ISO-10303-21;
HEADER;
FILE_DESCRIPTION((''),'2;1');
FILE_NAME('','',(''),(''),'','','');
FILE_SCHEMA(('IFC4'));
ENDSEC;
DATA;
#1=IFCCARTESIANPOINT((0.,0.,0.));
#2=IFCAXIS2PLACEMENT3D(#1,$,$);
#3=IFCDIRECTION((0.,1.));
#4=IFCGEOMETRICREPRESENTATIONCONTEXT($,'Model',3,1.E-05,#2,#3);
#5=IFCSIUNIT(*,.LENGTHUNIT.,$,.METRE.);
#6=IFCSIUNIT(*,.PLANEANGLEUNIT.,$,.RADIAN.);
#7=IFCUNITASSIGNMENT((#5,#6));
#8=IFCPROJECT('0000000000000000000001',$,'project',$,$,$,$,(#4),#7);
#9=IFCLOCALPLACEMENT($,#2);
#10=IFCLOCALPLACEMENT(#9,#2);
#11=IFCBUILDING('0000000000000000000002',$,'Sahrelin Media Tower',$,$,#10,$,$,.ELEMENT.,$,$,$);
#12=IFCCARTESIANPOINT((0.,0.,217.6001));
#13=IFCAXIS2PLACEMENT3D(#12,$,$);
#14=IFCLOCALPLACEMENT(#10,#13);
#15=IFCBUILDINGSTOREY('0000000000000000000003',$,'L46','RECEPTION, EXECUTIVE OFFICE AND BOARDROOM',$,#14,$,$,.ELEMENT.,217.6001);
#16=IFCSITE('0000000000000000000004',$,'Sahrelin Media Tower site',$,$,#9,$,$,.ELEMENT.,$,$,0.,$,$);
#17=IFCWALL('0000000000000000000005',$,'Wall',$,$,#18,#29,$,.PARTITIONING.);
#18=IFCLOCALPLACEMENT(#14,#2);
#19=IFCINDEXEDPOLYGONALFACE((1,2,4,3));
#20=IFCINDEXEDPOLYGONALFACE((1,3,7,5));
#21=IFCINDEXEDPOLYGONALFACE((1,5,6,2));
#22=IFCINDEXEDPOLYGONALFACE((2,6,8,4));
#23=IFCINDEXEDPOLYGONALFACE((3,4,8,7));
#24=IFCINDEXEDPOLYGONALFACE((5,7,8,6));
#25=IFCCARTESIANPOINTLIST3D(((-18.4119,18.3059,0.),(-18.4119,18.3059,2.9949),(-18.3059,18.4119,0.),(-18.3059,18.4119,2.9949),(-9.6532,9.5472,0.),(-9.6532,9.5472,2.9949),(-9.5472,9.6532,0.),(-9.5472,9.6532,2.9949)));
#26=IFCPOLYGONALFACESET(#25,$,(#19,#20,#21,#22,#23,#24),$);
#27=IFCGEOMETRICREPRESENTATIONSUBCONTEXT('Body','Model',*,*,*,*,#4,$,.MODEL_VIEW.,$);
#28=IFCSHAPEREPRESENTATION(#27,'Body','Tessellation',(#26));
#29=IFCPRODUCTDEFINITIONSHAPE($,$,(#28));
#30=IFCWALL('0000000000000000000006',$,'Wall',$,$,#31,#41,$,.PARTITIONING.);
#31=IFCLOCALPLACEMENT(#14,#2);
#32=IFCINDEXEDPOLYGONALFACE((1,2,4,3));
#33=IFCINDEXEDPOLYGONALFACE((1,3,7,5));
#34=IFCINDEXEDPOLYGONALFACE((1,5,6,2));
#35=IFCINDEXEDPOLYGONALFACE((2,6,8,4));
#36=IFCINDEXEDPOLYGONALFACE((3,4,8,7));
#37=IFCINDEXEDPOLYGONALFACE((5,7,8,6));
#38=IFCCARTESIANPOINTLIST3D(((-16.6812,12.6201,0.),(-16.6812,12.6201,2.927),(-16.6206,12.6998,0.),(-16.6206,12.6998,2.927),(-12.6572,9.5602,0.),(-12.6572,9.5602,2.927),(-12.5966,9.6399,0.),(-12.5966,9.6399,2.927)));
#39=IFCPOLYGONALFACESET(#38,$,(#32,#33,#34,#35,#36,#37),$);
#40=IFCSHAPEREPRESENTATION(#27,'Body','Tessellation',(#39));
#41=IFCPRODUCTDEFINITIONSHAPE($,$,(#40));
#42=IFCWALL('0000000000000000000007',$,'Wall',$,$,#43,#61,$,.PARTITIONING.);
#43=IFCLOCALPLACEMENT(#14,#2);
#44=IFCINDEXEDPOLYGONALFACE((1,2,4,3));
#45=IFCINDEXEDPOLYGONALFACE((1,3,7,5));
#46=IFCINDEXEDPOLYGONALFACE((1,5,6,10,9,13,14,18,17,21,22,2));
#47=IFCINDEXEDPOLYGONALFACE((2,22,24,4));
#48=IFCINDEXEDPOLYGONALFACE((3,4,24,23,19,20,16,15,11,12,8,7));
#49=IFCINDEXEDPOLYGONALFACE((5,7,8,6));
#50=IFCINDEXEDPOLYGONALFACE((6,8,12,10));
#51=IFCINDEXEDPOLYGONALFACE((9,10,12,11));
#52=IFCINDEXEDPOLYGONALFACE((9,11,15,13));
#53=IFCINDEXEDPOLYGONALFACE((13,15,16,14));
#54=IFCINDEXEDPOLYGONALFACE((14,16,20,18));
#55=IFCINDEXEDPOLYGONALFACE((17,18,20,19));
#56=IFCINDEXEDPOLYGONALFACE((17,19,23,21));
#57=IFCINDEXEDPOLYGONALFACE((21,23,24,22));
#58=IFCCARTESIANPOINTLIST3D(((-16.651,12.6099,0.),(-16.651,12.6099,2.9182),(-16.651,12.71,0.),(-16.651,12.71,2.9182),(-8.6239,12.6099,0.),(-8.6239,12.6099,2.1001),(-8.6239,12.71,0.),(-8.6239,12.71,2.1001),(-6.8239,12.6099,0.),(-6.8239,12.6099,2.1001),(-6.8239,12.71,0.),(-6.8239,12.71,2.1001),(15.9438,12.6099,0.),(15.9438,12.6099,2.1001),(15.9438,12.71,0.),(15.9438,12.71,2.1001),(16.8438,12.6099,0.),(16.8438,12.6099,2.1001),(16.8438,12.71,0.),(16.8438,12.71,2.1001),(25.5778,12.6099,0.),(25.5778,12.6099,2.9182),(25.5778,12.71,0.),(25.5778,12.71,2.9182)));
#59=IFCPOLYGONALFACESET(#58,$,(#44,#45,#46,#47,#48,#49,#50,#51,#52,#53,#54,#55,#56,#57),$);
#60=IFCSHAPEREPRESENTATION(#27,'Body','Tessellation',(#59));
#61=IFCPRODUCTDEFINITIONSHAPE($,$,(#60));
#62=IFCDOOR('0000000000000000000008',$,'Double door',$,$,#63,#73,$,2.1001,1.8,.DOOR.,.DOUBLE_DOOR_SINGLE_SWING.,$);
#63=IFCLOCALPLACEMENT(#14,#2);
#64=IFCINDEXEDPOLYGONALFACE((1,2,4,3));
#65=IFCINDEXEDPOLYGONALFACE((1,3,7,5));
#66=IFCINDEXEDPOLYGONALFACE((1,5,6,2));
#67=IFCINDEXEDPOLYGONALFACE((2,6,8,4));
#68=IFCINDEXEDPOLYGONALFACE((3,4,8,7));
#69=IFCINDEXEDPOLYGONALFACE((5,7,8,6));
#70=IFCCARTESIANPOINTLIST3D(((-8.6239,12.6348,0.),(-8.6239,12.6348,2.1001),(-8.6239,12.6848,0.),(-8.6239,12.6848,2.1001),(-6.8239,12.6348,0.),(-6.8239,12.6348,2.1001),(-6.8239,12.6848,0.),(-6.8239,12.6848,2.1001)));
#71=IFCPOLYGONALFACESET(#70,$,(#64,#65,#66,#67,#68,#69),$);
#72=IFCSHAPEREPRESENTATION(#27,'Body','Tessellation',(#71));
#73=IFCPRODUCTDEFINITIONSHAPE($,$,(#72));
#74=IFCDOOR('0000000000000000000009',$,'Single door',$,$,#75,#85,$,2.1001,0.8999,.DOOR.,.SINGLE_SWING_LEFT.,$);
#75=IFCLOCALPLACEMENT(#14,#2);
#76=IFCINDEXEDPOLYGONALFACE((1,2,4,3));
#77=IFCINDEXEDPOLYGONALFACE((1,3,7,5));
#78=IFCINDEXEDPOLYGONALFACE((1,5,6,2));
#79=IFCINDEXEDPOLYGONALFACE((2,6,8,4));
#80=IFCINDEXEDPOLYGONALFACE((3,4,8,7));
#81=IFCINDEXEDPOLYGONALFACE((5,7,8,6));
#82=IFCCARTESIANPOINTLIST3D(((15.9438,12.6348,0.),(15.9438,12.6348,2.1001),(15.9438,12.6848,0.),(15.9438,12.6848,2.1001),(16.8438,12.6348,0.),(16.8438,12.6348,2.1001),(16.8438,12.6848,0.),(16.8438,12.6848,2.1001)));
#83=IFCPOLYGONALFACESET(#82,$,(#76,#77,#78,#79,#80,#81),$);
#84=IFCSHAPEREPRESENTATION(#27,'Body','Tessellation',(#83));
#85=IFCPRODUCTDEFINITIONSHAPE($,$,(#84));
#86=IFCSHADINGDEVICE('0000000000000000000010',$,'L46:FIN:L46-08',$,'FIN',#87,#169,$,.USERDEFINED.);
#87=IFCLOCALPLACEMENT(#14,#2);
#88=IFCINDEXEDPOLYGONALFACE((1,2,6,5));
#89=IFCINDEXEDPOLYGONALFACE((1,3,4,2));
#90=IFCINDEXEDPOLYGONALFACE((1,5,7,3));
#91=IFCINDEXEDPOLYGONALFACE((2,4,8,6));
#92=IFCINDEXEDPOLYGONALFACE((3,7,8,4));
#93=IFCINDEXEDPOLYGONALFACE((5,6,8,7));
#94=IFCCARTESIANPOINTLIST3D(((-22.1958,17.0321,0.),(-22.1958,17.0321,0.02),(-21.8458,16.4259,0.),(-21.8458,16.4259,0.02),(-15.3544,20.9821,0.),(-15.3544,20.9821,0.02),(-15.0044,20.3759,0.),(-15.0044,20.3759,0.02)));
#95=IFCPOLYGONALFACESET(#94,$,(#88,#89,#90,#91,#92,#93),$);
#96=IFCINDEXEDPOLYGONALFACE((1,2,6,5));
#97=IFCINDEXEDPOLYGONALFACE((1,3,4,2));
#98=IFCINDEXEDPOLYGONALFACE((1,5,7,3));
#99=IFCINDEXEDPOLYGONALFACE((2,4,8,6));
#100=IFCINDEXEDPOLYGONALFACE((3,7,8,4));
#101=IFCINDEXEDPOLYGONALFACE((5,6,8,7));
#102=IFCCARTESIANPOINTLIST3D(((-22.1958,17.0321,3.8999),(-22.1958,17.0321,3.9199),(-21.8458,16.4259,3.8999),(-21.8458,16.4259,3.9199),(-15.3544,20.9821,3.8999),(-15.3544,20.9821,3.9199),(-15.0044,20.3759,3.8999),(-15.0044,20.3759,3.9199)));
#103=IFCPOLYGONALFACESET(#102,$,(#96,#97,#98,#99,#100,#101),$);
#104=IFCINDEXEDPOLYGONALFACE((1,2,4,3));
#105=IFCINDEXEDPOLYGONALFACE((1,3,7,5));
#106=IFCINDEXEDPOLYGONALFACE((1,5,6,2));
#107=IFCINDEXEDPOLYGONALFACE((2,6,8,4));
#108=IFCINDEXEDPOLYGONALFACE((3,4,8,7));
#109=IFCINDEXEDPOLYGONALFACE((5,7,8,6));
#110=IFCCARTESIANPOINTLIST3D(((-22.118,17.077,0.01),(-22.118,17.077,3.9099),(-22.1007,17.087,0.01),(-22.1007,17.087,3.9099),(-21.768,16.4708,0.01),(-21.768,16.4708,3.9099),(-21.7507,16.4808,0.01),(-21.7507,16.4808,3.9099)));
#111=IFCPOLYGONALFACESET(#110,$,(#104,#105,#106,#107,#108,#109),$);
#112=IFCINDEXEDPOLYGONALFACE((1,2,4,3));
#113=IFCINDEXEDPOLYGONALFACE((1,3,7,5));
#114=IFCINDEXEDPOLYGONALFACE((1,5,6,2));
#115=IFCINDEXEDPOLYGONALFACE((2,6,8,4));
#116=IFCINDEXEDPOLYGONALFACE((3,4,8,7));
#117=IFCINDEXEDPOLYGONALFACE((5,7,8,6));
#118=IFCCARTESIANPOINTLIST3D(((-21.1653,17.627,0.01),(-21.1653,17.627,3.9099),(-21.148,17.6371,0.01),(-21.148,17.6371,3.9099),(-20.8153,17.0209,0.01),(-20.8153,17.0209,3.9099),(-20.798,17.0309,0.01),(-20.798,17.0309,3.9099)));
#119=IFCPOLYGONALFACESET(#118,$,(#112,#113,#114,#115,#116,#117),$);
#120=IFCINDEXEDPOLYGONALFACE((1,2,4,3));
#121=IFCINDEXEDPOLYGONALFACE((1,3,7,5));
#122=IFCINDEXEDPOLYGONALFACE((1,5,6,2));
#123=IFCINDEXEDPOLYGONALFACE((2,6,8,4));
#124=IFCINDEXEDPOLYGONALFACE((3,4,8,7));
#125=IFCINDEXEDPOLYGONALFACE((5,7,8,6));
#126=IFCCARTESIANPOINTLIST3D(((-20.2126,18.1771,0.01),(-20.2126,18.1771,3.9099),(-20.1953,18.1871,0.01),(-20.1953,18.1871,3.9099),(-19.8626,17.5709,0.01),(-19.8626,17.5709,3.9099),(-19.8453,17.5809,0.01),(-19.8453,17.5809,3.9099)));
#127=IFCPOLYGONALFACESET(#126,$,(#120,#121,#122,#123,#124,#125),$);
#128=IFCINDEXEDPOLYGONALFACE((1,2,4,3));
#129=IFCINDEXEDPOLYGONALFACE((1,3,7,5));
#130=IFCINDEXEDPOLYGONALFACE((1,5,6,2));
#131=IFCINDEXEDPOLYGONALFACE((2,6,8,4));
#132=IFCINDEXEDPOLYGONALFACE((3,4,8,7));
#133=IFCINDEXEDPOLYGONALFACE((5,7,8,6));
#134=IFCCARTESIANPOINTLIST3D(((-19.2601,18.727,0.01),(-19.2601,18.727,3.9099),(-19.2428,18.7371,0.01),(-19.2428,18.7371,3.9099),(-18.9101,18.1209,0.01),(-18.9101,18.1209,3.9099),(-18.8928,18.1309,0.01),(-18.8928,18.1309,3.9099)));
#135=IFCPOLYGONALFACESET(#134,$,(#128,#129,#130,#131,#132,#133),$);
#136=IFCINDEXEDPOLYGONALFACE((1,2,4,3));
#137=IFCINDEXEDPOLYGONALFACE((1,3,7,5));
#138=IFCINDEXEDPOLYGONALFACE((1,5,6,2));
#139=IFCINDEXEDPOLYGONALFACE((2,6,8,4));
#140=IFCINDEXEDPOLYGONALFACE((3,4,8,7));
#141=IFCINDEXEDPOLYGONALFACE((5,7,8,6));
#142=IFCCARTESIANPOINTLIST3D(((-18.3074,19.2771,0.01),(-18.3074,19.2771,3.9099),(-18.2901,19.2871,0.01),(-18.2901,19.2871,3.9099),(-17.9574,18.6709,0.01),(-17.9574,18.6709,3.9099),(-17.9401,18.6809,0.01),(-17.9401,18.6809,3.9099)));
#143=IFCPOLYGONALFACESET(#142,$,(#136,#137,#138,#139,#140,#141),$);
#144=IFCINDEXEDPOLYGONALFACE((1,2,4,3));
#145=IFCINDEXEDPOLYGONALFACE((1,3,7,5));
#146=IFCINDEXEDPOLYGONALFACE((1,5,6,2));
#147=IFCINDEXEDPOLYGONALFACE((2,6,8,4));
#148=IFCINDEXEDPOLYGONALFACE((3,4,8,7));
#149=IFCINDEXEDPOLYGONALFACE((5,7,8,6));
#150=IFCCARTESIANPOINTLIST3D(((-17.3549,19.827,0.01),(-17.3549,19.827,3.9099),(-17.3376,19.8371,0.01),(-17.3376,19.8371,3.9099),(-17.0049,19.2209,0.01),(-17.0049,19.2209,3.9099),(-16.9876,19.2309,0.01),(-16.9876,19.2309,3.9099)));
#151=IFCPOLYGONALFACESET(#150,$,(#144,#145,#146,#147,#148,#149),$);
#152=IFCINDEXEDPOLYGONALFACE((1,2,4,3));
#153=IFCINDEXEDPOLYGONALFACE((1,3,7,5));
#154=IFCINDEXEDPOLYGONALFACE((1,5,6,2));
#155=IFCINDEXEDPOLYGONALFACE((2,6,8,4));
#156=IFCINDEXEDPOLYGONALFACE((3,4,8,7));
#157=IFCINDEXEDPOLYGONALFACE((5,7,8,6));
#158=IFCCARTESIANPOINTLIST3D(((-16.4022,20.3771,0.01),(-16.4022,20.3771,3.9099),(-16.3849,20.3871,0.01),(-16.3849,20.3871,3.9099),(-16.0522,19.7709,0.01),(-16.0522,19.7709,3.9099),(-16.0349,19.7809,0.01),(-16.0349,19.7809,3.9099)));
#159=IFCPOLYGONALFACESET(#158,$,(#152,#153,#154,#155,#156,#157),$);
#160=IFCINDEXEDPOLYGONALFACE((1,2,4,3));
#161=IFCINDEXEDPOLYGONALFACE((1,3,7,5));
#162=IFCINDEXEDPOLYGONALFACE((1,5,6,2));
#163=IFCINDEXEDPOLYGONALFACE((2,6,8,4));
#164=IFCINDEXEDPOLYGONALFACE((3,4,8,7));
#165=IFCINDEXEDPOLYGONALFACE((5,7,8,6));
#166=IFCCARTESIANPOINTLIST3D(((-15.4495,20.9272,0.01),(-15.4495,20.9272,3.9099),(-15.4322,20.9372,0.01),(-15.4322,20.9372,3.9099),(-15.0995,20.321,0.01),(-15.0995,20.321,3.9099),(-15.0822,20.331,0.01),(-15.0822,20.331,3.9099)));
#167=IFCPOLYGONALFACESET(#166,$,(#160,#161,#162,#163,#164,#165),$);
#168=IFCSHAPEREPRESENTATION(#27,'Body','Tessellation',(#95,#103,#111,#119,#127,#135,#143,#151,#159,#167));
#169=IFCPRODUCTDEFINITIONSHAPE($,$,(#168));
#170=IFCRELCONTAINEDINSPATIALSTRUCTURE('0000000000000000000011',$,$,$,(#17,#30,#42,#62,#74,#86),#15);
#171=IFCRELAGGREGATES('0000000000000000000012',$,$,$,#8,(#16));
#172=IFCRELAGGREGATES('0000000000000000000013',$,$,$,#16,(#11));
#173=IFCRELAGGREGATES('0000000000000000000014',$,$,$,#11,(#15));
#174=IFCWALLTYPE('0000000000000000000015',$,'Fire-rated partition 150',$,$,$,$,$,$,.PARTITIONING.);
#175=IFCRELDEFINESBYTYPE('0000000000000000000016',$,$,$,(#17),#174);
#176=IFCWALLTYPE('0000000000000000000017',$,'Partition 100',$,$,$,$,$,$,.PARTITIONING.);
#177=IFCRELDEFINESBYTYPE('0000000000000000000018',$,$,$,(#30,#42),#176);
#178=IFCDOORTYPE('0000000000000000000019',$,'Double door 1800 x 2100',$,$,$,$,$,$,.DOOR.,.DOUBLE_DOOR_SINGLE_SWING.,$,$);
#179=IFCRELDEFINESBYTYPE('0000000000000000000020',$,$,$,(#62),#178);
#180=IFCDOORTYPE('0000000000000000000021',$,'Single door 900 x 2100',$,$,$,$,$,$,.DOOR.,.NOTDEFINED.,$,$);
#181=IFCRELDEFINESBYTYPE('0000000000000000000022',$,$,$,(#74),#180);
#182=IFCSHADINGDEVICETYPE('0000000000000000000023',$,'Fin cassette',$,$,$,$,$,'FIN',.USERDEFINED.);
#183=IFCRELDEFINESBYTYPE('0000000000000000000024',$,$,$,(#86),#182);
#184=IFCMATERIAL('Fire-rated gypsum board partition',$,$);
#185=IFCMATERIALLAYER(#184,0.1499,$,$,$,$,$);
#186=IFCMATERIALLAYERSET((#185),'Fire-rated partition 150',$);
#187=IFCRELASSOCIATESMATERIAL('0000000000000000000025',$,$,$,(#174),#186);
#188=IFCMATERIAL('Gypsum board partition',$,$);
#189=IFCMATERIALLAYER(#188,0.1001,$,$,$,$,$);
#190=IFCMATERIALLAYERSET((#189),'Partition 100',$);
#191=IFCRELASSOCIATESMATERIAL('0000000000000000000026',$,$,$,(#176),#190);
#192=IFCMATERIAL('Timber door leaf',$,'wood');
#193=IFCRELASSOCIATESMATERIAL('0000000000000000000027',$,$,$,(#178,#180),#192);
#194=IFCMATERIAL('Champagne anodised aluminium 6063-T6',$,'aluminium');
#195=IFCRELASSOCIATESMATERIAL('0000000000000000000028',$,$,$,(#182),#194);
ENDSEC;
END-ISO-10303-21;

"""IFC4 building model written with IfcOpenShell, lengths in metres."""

from ifc_helpers import new_model, si_unit, direction, frame, frame_2d, origin, origin_2d, place, context, subcontext, project, spatial, rectangle, extrude, material, layer, layer_set, type_object, element, fill, save


model = new_model("IFC4")

# Units and contexts
model_context = context("Model", 3, precision=1e-05, world=origin(), true_north=direction((0.0, 1.0)))
body_context = subcontext(model_context, "Body", "Model", "MODEL_VIEW")
ifc_project = project(units=[si_unit("LENGTHUNIT", "METRE"), si_unit("PLANEANGLEUNIT", "RADIAN")], contexts=[model_context])

# Site, building, storey
site_placement = place(None, origin())
site = spatial("IfcSite", under=ifc_project, at=site_placement, Name="Sahrelin Media Tower site", CompositionType="ELEMENT", RefElevation=0.0)
building_placement = place(site_placement, origin())
building = spatial("IfcBuilding", under=site, at=building_placement, Name="Sahrelin Media Tower", CompositionType="ELEMENT")
storey_placement = place(building_placement, frame((0.0, 0.0, 217.6001)))
storey = spatial("IfcBuildingStorey", under=building, at=storey_placement, Name="L46", Description="RECEPTION, EXECUTIVE OFFICE AND BOARDROOM", CompositionType="ELEMENT", Elevation=217.6001)

# Shared definitions
ifc_material_1 = material(Name="Champagne anodised aluminium 6063-T6", Category="aluminium")

# Walls
ifc_material_2 = material(Name="Fire-rated gypsum board partition")
ifc_layer_1 = layer(ifc_material_2, 0.1499)
ifc_layer_set_1 = layer_set([ifc_layer_1], Name="Fire-rated partition 150")
wall_type_1 = type_object("IfcWallType", Name="Fire-rated partition 150", PredefinedType="PARTITIONING", material=ifc_layer_set_1)
wall_1_placement = place(storey_placement, frame((-18.3589, 18.3589, 0.0), z_axis=(0.0, 0.0, 1.0), x_axis=(0.707107, -0.707107, 0.0)))
element("IfcWall", 1, at=wall_1_placement, inside=storey, type_object=wall_type_1, Name="Wall", PredefinedType="PARTITIONING", context=body_context, shape_type="SweptSolid", body=[
    extrude(rectangle(XDim=12.3867, YDim=0.1499, at=frame_2d((6.1934, 0.0))), origin(), (0.0, 0.0, 1.0), 2.9949),
])
ifc_material_3 = material(Name="Gypsum board partition")
ifc_layer_2 = layer(ifc_material_3, 0.1001)
ifc_layer_set_2 = layer_set([ifc_layer_2], Name="Partition 100")
wall_type_2 = type_object("IfcWallType", Name="Partition 100", PredefinedType="PARTITIONING", material=ifc_layer_set_2)
wall_2_placement = place(storey_placement, frame((-16.6509, 12.6599, 0.0), z_axis=(0.0, 0.0, 1.0), x_axis=(0.796007, -0.605288, 0.0)))
element("IfcWall", 2, at=wall_2_placement, inside=storey, type_object=wall_type_2, Name="Wall", PredefinedType="PARTITIONING", context=body_context, shape_type="SweptSolid", body=[
    extrude(rectangle(XDim=5.0552, YDim=0.1001, at=frame_2d((2.5276, 0.0))), origin(), (0.0, 0.0, 1.0), 2.927),
])

# Wall, openings, doors
wall_3_placement = place(storey_placement, frame((-16.6509, 12.6599, 0.0), z_axis=(0.0, 0.0, 1.0), x_axis=(1.0, 0.0, 0.0)))
wall_3 = element("IfcWall", 3, at=wall_3_placement, inside=storey, type_object=wall_type_2, Name="Wall", PredefinedType="PARTITIONING", context=body_context, shape_type="SweptSolid", body=[
    extrude(rectangle(XDim=42.2288, YDim=0.1001, at=frame_2d((21.1143, 0.0))), origin(), (0.0, 0.0, 1.0), 2.9182),
])
opening_1_placement = place(wall_3_placement, frame((8.0271, 0.0, 0.0)))
opening_1 = element("IfcOpeningElement", 4, at=opening_1_placement, cuts=wall_3, PredefinedType="OPENING", context=body_context, shape_type="SweptSolid", body=[
    extrude(rectangle(XDim=1.8, YDim=2.1001, at=frame_2d((0.8999, 1.05))), frame((0.0, 0.05, 0.0), z_axis=(0.0, -1.0, 0.0), x_axis=(1.0, 0.0, 0.0)), (0.0, 0.0, 1.0), 0.1001),
])
opening_2_placement = place(wall_3_placement, frame((32.5947, 0.0, 0.0)))
opening_2 = element("IfcOpeningElement", 5, at=opening_2_placement, cuts=wall_3, PredefinedType="OPENING", context=body_context, shape_type="SweptSolid", body=[
    extrude(rectangle(XDim=0.8999, YDim=2.1001, at=frame_2d((0.45, 1.05))), frame((0.0, 0.05, 0.0), z_axis=(0.0, -1.0, 0.0), x_axis=(1.0, 0.0, 0.0)), (0.0, 0.0, 1.0), 0.1001),
])
ifc_material_4 = material(Name="Timber door leaf", Category="wood")
door_type_1 = type_object("IfcDoorType", Name="Double door 1800 x 2100", OperationType="DOUBLE_DOOR_SINGLE_SWING", PredefinedType="DOOR", material=ifc_material_4)
door_1_placement = place(opening_1_placement, origin())
door_1 = element("IfcDoor", 6, at=door_1_placement, inside=storey, type_object=door_type_1, Name="Double door", OperationType="DOUBLE_DOOR_SINGLE_SWING", OverallHeight=2.1001, OverallWidth=1.8, PredefinedType="DOOR", context=body_context, shape_type="SweptSolid", body=[
    extrude(rectangle(XDim=1.8, YDim=2.1001, at=frame_2d((0.8999, 1.05))), frame((0.0, 0.0249, 0.0), z_axis=(0.0, -1.0, 0.0), x_axis=(1.0, 0.0, 0.0)), (0.0, 0.0, 1.0), 0.05),
])
fill(opening_1, door_1)
door_type_2 = type_object("IfcDoorType", Name="Single door 900 x 2100", OperationType="NOTDEFINED", PredefinedType="DOOR", material=ifc_material_4)
door_2_placement = place(opening_2_placement, origin())
door_2 = element("IfcDoor", 7, at=door_2_placement, inside=storey, type_object=door_type_2, Name="Single door", OperationType="SINGLE_SWING_LEFT", OverallHeight=2.1001, OverallWidth=0.8999, PredefinedType="DOOR", context=body_context, shape_type="SweptSolid", body=[
    extrude(rectangle(XDim=0.8999, YDim=2.1001, at=frame_2d((0.45, 1.05))), frame((0.0, 0.0249, 0.0), z_axis=(0.0, -1.0, 0.0), x_axis=(1.0, 0.0, 0.0)), (0.0, 0.0, 1.0), 0.05),
])
fill(opening_2, door_2)

# Shading device
shading_device_type_1 = type_object("IfcShadingDeviceType", Name="Fin cassette", ElementType="FIN", PredefinedType="USERDEFINED", material=ifc_material_1)
placement_1 = place(storey_placement, frame((-18.3901, 18.3403, 0.0), z_axis=(0.0, 0.0, 1.0), x_axis=(0.866019, 0.500011, 0.0)))
element("IfcShadingDevice", 8, at=placement_1, inside=storey, type_object=shading_device_type_1, Name="L46:FIN:L46-08", ObjectType="FIN", PredefinedType="USERDEFINED", context=body_context, shape_type="SweptSolid", body=[
    extrude(rectangle(XDim=7.8999, YDim=0.7, at=origin_2d()), frame((0.0, 0.4199, 0.0)), (0.0, 0.0, 1.0), 0.02),
    extrude(rectangle(XDim=7.8999, YDim=0.7, at=origin_2d()), frame((0.0, 0.4199, 3.8999)), (0.0, 0.0, 1.0), 0.02),
    extrude(rectangle(XDim=0.02, YDim=0.7, at=origin_2d()), frame((-3.8501, 0.4199, 0.01), z_axis=(0.0, 0.0, 1.0), x_axis=(1.0, 0.0, 0.0)), (0.0, 0.0, 1.0), 3.8999),
    extrude(rectangle(XDim=0.02, YDim=0.7, at=origin_2d()), frame((-2.75, 0.4199, 0.01), z_axis=(0.0, 0.0, 1.0), x_axis=(1.0, 0.0, 0.0)), (0.0, 0.0, 1.0), 3.8999),
    extrude(rectangle(XDim=0.02, YDim=0.7, at=origin_2d()), frame((-1.6499, 0.4199, 0.01), z_axis=(0.0, 0.0, 1.0), x_axis=(1.0, 0.0, 0.0)), (0.0, 0.0, 1.0), 3.8999),
    extrude(rectangle(XDim=0.02, YDim=0.7, at=origin_2d()), frame((-0.55, 0.4199, 0.01), z_axis=(0.0, 0.0, 1.0), x_axis=(1.0, 0.0, 0.0)), (0.0, 0.0, 1.0), 3.8999),
    extrude(rectangle(XDim=0.02, YDim=0.7, at=origin_2d()), frame((0.55, 0.4199, 0.01), z_axis=(0.0, 0.0, 1.0), x_axis=(1.0, 0.0, 0.0)), (0.0, 0.0, 1.0), 3.8999),
    extrude(rectangle(XDim=0.02, YDim=0.7, at=origin_2d()), frame((1.6499, 0.4199, 0.01), z_axis=(0.0, 0.0, 1.0), x_axis=(1.0, 0.0, 0.0)), (0.0, 0.0, 1.0), 3.8999),
    extrude(rectangle(XDim=0.02, YDim=0.7, at=origin_2d()), frame((2.75, 0.4199, 0.01), z_axis=(0.0, 0.0, 1.0), x_axis=(1.0, 0.0, 0.0)), (0.0, 0.0, 1.0), 3.8999),
    extrude(rectangle(XDim=0.02, YDim=0.7, at=origin_2d()), frame((3.8501, 0.4199, 0.01), z_axis=(0.0, 0.0, 1.0), x_axis=(1.0, 0.0, 0.0)), (0.0, 0.0, 1.0), 3.8999),
])

save(model, "model.ifc")
